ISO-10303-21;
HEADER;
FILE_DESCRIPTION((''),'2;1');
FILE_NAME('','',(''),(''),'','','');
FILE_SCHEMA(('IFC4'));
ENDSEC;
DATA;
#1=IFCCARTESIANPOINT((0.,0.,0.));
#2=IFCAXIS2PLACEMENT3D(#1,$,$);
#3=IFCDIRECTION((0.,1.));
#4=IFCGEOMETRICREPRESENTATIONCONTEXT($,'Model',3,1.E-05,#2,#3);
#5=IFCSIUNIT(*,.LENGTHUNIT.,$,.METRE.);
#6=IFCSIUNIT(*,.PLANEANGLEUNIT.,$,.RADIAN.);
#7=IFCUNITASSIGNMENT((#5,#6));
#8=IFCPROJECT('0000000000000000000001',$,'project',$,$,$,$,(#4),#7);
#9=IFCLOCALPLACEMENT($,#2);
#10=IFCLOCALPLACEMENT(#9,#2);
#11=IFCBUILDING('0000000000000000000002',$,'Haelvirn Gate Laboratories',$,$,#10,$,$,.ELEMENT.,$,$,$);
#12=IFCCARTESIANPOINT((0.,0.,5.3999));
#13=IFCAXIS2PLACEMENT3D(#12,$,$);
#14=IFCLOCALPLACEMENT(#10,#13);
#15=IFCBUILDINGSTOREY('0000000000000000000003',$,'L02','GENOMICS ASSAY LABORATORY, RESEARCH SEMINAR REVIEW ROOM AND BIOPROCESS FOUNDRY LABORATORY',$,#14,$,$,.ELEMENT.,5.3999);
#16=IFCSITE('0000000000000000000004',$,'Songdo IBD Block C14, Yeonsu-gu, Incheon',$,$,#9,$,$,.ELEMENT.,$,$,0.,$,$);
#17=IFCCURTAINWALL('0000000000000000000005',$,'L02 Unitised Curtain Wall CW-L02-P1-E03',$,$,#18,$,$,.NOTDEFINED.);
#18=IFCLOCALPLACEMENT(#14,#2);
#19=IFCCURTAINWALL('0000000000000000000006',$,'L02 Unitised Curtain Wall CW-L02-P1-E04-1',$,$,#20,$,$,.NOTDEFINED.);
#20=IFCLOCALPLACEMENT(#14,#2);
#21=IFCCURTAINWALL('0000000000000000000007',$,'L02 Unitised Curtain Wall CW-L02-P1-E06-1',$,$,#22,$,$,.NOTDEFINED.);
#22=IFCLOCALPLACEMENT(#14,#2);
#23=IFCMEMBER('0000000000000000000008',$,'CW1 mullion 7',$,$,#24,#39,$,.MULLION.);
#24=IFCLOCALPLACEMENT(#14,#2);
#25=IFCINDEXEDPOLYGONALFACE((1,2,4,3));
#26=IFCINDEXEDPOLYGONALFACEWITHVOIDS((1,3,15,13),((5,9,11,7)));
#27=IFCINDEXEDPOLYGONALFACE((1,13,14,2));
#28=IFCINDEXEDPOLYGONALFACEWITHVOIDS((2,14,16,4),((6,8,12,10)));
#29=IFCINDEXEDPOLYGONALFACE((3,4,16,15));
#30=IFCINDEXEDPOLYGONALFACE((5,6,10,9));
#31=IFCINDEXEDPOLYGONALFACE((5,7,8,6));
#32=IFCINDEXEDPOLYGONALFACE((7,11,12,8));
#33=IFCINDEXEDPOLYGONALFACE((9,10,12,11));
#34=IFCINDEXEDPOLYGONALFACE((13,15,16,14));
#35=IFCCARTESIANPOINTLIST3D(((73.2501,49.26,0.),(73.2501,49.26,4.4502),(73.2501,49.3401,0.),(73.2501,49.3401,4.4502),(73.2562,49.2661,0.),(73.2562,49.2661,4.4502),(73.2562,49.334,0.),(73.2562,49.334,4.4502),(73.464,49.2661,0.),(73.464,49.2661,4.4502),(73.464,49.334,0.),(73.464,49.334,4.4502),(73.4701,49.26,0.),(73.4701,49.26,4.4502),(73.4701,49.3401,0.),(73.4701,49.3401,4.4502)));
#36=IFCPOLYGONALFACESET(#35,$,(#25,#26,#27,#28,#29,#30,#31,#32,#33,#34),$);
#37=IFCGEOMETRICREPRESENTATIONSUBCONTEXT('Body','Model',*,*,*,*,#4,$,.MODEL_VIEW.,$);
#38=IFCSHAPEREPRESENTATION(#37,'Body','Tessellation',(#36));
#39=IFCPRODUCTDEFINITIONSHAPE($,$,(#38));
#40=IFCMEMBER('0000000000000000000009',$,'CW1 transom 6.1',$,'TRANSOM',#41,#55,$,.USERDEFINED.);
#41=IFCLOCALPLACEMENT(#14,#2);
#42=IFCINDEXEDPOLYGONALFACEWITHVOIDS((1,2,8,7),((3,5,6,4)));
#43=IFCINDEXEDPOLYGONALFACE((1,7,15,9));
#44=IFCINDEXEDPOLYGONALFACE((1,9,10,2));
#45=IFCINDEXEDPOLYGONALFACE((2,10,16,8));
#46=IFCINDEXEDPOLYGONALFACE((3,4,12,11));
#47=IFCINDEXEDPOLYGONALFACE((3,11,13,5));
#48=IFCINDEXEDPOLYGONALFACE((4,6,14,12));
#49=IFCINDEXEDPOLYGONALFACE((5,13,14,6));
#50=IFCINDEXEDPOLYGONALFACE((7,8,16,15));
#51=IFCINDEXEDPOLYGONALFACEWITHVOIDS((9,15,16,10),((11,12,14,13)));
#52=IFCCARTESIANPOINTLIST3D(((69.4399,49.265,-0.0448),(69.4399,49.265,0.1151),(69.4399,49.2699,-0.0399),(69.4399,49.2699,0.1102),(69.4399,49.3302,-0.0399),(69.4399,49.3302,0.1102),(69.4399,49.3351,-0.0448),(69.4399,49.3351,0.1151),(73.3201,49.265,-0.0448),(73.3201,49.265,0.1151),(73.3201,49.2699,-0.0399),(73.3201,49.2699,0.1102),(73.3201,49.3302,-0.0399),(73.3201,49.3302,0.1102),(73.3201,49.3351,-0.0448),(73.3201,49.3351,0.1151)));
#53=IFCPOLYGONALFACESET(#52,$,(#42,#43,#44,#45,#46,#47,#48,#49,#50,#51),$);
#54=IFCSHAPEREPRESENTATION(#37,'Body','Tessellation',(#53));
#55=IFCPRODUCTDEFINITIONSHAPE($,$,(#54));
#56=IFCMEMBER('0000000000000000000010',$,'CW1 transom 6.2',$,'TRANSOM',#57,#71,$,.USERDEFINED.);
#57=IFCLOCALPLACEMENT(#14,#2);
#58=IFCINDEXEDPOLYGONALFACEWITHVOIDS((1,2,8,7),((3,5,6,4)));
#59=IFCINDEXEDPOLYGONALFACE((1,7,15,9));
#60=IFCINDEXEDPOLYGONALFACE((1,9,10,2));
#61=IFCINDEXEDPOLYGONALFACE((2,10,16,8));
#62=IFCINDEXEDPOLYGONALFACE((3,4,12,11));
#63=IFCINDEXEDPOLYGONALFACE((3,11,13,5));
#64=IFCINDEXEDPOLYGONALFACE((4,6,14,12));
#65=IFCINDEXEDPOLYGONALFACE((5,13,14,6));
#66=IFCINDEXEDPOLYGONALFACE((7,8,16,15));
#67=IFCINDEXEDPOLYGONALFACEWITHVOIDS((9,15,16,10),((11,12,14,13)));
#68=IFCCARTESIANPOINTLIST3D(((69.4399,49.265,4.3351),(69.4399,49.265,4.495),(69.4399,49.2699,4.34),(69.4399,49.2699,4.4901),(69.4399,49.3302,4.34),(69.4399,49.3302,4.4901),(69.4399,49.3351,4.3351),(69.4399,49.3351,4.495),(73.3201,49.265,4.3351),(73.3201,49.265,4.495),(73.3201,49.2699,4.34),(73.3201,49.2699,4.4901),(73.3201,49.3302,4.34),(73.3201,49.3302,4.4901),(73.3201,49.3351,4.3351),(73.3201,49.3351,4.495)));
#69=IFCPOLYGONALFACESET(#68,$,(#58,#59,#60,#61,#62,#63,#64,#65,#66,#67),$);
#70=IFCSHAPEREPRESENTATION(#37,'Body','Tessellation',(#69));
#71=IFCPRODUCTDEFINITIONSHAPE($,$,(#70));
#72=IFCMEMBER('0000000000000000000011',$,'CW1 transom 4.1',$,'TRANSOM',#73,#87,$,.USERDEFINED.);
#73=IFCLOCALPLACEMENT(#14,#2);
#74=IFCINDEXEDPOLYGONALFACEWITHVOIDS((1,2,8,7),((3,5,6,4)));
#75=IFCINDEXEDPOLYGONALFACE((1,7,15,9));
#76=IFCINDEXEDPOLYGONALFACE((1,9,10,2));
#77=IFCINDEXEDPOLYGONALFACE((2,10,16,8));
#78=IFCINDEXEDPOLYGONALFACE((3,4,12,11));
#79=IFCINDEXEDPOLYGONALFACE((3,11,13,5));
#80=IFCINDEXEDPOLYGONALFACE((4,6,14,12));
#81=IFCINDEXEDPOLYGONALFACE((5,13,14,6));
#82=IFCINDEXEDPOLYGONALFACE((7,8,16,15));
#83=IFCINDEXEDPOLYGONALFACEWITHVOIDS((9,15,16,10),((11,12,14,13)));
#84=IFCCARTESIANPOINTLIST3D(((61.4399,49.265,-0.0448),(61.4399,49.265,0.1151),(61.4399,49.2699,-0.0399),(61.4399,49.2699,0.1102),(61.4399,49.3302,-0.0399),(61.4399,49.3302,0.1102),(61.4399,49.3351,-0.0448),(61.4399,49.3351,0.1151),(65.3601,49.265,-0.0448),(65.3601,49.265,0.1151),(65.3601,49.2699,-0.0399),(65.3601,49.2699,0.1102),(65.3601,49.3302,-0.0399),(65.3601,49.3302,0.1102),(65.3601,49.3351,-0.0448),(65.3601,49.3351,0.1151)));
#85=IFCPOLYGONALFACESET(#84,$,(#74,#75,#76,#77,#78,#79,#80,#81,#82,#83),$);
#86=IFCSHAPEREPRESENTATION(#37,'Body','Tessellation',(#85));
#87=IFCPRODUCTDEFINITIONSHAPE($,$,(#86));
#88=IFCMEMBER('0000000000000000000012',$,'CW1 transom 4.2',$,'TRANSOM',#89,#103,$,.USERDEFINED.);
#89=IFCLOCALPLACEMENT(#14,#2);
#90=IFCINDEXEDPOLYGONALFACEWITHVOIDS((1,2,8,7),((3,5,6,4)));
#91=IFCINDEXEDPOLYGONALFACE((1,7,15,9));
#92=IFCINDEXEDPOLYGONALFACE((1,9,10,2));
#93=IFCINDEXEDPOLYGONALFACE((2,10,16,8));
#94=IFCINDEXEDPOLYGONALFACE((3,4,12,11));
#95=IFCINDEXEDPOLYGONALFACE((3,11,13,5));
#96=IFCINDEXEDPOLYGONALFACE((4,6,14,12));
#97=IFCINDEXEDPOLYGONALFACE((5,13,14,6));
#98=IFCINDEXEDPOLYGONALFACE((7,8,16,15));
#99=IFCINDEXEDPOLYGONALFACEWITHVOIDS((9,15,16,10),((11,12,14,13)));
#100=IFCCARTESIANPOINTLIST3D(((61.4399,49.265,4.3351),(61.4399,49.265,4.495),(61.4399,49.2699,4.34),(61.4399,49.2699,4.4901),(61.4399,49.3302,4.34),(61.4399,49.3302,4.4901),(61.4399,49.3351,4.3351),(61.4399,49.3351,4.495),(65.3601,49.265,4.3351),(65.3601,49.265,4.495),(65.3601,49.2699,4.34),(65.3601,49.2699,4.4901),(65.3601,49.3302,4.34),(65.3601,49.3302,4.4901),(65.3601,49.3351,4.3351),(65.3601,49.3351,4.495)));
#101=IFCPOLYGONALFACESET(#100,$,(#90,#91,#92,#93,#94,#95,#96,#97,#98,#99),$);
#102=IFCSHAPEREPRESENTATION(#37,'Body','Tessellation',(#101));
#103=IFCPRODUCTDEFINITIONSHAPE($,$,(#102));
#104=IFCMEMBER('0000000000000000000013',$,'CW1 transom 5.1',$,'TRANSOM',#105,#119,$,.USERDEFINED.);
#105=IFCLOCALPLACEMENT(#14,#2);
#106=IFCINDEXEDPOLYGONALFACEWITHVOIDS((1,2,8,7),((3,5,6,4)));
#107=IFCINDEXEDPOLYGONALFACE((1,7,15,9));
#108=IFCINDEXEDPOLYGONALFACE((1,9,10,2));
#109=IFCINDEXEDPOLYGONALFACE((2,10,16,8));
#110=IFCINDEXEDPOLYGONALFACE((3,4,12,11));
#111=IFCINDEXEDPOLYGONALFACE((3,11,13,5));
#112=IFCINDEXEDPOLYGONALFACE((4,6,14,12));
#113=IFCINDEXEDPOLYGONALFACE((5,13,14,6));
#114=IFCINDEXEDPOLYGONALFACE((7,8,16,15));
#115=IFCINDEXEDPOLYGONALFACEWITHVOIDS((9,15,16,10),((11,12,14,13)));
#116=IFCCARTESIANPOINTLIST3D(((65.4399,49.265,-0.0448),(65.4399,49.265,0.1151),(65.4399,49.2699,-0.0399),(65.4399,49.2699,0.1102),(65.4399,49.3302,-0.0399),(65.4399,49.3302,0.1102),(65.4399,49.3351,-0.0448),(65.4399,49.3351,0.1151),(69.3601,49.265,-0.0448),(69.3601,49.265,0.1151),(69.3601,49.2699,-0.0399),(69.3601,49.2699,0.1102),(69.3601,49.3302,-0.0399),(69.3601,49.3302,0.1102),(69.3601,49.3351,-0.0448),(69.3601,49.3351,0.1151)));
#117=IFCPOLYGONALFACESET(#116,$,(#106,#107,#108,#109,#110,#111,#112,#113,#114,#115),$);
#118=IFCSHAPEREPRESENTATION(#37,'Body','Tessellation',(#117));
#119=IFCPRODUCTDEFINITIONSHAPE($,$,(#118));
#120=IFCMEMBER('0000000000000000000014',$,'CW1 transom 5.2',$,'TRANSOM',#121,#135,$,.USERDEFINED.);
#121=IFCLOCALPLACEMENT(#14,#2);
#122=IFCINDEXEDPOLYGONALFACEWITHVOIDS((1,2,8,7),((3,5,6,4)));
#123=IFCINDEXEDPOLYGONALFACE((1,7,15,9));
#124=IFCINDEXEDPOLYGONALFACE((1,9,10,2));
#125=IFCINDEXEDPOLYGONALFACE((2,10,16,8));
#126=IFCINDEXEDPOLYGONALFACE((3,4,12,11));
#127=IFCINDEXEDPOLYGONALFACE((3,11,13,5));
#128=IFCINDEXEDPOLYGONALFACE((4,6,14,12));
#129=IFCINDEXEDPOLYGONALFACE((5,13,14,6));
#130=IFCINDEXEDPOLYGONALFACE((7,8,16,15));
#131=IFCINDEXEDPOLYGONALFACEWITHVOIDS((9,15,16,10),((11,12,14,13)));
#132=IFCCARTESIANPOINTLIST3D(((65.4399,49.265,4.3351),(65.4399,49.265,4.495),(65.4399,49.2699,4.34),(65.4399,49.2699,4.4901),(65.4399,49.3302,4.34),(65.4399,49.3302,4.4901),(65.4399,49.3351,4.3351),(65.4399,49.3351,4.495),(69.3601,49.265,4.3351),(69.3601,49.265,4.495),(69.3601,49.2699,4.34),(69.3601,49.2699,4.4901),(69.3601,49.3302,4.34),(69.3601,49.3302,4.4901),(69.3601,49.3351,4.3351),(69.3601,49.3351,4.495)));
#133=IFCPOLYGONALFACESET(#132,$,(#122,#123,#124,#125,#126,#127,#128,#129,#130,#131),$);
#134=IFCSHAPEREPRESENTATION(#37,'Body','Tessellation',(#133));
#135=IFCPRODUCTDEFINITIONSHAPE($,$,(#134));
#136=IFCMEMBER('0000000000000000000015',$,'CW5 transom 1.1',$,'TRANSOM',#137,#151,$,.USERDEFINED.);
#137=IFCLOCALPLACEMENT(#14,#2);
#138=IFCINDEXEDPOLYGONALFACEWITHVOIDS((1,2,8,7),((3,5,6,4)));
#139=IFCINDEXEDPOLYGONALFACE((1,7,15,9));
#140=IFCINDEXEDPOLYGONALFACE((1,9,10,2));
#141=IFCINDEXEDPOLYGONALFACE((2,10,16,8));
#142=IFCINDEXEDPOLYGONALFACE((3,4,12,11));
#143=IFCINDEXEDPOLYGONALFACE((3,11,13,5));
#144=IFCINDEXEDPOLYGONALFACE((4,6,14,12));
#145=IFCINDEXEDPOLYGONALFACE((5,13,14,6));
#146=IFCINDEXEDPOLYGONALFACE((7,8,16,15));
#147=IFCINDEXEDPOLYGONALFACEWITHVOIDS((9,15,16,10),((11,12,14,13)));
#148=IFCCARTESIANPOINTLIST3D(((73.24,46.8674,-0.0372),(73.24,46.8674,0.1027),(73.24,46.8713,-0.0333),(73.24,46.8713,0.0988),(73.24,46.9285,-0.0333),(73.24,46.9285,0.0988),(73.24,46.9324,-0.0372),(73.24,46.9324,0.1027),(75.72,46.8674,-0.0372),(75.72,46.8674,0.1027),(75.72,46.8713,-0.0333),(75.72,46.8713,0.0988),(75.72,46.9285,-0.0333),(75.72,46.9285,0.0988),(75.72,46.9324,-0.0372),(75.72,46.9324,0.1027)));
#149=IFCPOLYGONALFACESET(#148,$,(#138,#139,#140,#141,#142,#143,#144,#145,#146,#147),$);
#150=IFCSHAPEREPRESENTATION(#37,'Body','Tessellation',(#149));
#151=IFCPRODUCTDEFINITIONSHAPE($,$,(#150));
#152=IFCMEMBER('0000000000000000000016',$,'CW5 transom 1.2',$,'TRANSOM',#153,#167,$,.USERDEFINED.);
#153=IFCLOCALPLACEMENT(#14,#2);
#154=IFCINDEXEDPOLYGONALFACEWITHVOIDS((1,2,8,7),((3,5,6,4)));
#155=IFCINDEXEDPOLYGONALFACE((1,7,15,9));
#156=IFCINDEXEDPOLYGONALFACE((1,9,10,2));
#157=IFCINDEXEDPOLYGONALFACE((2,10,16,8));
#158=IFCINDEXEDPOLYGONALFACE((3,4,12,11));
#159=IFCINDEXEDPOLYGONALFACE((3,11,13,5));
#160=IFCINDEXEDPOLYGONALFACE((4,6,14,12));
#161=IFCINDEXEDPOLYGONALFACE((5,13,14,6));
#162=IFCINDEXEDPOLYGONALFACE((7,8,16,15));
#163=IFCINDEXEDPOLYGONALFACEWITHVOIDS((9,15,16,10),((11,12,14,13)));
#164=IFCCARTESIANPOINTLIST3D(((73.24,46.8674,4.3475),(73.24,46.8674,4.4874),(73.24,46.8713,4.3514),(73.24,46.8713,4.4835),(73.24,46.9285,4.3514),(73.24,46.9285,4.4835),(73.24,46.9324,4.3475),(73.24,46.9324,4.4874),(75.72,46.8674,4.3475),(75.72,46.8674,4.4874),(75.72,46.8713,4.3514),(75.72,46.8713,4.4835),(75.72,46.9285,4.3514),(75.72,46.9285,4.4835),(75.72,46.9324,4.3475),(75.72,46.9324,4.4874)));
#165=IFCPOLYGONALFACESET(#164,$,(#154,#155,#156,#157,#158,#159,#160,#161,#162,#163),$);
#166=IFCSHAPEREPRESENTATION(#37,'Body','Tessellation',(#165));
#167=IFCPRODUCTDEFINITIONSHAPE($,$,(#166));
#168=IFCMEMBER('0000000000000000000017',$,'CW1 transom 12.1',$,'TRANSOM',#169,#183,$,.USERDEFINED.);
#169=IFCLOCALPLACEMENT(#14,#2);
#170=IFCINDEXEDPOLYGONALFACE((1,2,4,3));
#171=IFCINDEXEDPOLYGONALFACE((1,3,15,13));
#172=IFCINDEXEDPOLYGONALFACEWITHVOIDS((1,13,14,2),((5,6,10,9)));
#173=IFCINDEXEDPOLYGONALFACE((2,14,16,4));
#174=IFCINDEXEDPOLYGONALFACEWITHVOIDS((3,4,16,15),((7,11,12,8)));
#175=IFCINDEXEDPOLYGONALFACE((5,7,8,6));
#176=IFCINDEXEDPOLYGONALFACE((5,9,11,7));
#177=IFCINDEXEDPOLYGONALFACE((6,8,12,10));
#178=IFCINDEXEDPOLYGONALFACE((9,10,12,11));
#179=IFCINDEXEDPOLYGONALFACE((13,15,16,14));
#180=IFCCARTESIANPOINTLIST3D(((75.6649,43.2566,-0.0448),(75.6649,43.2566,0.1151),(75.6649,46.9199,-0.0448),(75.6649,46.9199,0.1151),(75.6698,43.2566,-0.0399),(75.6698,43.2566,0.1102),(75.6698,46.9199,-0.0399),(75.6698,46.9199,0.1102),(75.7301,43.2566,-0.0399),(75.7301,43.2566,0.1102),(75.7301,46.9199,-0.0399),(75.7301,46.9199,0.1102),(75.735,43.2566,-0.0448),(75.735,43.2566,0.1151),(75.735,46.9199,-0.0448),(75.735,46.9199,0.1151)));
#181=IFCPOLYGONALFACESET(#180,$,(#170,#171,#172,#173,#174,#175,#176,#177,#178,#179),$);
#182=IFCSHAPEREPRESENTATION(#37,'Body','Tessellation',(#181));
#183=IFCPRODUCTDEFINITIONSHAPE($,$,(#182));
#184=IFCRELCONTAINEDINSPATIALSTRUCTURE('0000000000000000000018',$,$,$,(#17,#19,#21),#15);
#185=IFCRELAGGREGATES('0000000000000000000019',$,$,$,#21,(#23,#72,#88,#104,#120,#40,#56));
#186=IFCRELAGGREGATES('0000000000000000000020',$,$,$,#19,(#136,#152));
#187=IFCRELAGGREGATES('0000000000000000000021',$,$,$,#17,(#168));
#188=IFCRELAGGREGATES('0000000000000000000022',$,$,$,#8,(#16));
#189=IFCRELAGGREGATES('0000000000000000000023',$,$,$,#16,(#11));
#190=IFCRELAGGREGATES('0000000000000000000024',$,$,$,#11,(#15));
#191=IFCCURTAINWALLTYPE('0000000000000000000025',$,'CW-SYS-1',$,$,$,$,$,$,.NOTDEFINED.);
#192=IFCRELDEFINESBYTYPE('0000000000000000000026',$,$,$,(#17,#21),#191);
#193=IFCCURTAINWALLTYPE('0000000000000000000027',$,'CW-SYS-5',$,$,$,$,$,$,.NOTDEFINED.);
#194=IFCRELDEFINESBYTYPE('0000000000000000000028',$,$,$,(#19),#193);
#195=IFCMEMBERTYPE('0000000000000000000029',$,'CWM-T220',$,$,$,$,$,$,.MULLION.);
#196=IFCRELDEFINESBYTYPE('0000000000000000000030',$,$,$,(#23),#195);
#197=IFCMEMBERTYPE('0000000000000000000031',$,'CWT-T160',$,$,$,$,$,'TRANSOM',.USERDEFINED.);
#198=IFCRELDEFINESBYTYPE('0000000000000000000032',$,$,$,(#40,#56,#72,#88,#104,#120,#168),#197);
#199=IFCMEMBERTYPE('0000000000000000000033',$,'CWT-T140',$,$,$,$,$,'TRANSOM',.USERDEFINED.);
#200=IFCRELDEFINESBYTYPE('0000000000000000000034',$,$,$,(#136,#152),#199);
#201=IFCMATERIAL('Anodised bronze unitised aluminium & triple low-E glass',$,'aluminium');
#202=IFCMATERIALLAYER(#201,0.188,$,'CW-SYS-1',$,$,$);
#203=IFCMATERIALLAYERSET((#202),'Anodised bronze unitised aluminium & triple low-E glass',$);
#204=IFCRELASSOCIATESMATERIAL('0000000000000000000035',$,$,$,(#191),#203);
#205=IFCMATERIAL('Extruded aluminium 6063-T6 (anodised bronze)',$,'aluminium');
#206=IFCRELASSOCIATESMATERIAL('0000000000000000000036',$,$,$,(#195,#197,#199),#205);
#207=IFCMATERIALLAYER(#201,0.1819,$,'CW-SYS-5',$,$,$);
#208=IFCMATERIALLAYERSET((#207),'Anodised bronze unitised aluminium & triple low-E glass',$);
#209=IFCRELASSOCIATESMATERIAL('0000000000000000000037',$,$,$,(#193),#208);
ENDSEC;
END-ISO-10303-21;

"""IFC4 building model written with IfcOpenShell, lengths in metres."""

from ifc_helpers import new_model, si_unit, direction, frame, origin, origin_2d, place, context, subcontext, project, spatial, hollow_rectangle, extrude, source, transform, mapped, material, layer, layer_set, material_profile, profile_set, type_object, type_shapes, element, aggregate, save


model = new_model("IFC4")

# Units and contexts
model_context = context("Model", 3, precision=1e-05, world=origin(), true_north=direction((0.0, 1.0)))
body_context = subcontext(model_context, "Body", "Model", "MODEL_VIEW")
ifc_project = project(units=[si_unit("LENGTHUNIT", "METRE"), si_unit("PLANEANGLEUNIT", "RADIAN")], contexts=[model_context])

# Site, building, storey
site_placement = place(None, origin())
site = spatial("IfcSite", under=ifc_project, at=site_placement, Name="Songdo IBD Block C14, Yeonsu-gu, Incheon", CompositionType="ELEMENT", RefElevation=0.0)
building_placement = place(site_placement, origin())
building = spatial("IfcBuilding", under=site, at=building_placement, Name="Haelvirn Gate Laboratories", CompositionType="ELEMENT")
storey_placement = place(building_placement, frame((0.0, 0.0, 5.3999)))
storey = spatial("IfcBuildingStorey", under=building, at=storey_placement, Name="L02", Description="GENOMICS ASSAY LABORATORY, RESEARCH SEMINAR REVIEW ROOM AND BIOPROCESS FOUNDRY LABORATORY", CompositionType="ELEMENT", Elevation=5.3999)

# Curtain walls, members
ifc_material_1 = material(Name="Anodised bronze unitised aluminium & triple low-E glass", Category="aluminium")
ifc_layer_1 = layer(ifc_material_1, 0.188, Name="CW-SYS-1")
ifc_layer_set_1 = layer_set([ifc_layer_1], Name="Anodised bronze unitised aluminium & triple low-E glass")
curtain_wall_type_1 = type_object("IfcCurtainWallType", Name="CW-SYS-1", PredefinedType="NOTDEFINED", material=ifc_layer_set_1)
curtain_wall_1_placement = place(storey_placement, origin())
curtain_wall_1 = element("IfcCurtainWall", 1, at=curtain_wall_1_placement, inside=storey, type_object=curtain_wall_type_1, Name="L02 Unitised Curtain Wall CW-L02-P1-E03", PredefinedType="NOTDEFINED")
ifc_material_2 = material(Name="Extruded aluminium 6063-T6 (anodised bronze)", Category="aluminium")
ifc_material_profile_1 = material_profile(ifc_material_2, hollow_rectangle(XDim=0.0801, YDim=0.22, WallThickness=0.0061, at=origin_2d()), Name="CWM-220x80x6")
ifc_profile_set_1 = profile_set([ifc_material_profile_1], Name="Extruded aluminium 6063-T6 (anodised bronze)")
member_type_1 = type_object("IfcMemberType", Name="CWM-T220", PredefinedType="MULLION", material=ifc_profile_set_1)
shared_shape_1 = source(origin(), body_context, "Body", "SweptSolid", [
    extrude(hollow_rectangle(XDim=0.0801, YDim=0.22, WallThickness=0.0061, at=origin_2d()), origin(), (0.0, 0.0, 1.0), 4.4502),
])
type_shapes(member_type_1, [shared_shape_1])
ifc_layer_2 = layer(ifc_material_1, 0.1819, Name="CW-SYS-5")
ifc_layer_set_2 = layer_set([ifc_layer_2], Name="Anodised bronze unitised aluminium & triple low-E glass")
curtain_wall_type_2 = type_object("IfcCurtainWallType", Name="CW-SYS-5", PredefinedType="NOTDEFINED", material=ifc_layer_set_2)
curtain_wall_2_placement = place(storey_placement, origin())
curtain_wall_2 = element("IfcCurtainWall", 2, at=curtain_wall_2_placement, inside=storey, type_object=curtain_wall_type_2, Name="L02 Unitised Curtain Wall CW-L02-P1-E04-1", PredefinedType="NOTDEFINED")
curtain_wall_3_placement = place(storey_placement, origin())
curtain_wall_3 = element("IfcCurtainWall", 3, at=curtain_wall_3_placement, inside=storey, type_object=curtain_wall_type_1, Name="L02 Unitised Curtain Wall CW-L02-P1-E06-1", PredefinedType="NOTDEFINED")
member_1_placement = place(storey_placement, frame((73.3601, 49.3, 0.0), z_axis=(0.0, 0.0, 1.0), x_axis=(0.0, 1.0, 0.0)))
member_1 = element("IfcMember", 4, at=member_1_placement, type_object=member_type_1, Name="CW1 mullion 7", PredefinedType="MULLION", context=body_context, shape_type="MappedRepresentation", body=[
    mapped(shared_shape_1, transform((0.0, 0.0, 0.0), scale=1.0)),
])
ifc_material_profile_2 = material_profile(ifc_material_2, hollow_rectangle(XDim=0.0701, YDim=0.1599, WallThickness=0.0049, at=origin_2d()), Name="CWT-160x70x5")
ifc_profile_set_2 = profile_set([ifc_material_profile_2], Name="Extruded aluminium 6063-T6 (anodised bronze)")
member_type_2 = type_object("IfcMemberType", Name="CWT-T160", ElementType="TRANSOM", PredefinedType="USERDEFINED", material=ifc_profile_set_2)
shared_shape_2 = source(origin(), body_context, "Body", "SweptSolid", [
    extrude(hollow_rectangle(XDim=0.0701, YDim=0.1599, WallThickness=0.0049, at=origin_2d()), origin(), (0.0, 0.0, 1.0), 3.8801),
])
member_2_placement = place(storey_placement, frame((69.4399, 49.3, 0.0352), z_axis=(1.0, 0.0, 0.0), x_axis=(0.0, 1.0, 0.0)))
member_2 = element("IfcMember", 5, at=member_2_placement, type_object=member_type_2, Name="CW1 transom 6.1", ObjectType="TRANSOM", PredefinedType="USERDEFINED", context=body_context, shape_type="MappedRepresentation", body=[
    mapped(shared_shape_2, transform((0.0, 0.0, 0.0), scale=1.0)),
])
member_3_placement = place(storey_placement, frame((69.4399, 49.3, 4.415), z_axis=(1.0, 0.0, 0.0), x_axis=(0.0, 1.0, 0.0)))
member_3 = element("IfcMember", 6, at=member_3_placement, type_object=member_type_2, Name="CW1 transom 6.2", ObjectType="TRANSOM", PredefinedType="USERDEFINED", context=body_context, shape_type="MappedRepresentation", body=[
    mapped(shared_shape_2, transform((0.0, 0.0, 0.0), scale=1.0)),
])
shared_shape_3 = source(origin(), body_context, "Body", "SweptSolid", [
    extrude(hollow_rectangle(XDim=0.0701, YDim=0.1599, WallThickness=0.0049, at=origin_2d()), origin(), (0.0, 0.0, 1.0), 3.9202),
])
member_4_placement = place(storey_placement, frame((61.4399, 49.3, 0.0352), z_axis=(1.0, 0.0, 0.0), x_axis=(0.0, 1.0, 0.0)))
member_4 = element("IfcMember", 7, at=member_4_placement, type_object=member_type_2, Name="CW1 transom 4.1", ObjectType="TRANSOM", PredefinedType="USERDEFINED", context=body_context, shape_type="MappedRepresentation", body=[
    mapped(shared_shape_3, transform((0.0, 0.0, 0.0), scale=1.0)),
])
member_5_placement = place(storey_placement, frame((61.4399, 49.3, 4.415), z_axis=(1.0, 0.0, 0.0), x_axis=(0.0, 1.0, 0.0)))
member_5 = element("IfcMember", 8, at=member_5_placement, type_object=member_type_2, Name="CW1 transom 4.2", ObjectType="TRANSOM", PredefinedType="USERDEFINED", context=body_context, shape_type="MappedRepresentation", body=[
    mapped(shared_shape_3, transform((0.0, 0.0, 0.0), scale=1.0)),
])
member_6_placement = place(storey_placement, frame((65.4399, 49.3, 0.0352), z_axis=(1.0, 0.0, 0.0), x_axis=(0.0, 1.0, 0.0)))
member_6 = element("IfcMember", 9, at=member_6_placement, type_object=member_type_2, Name="CW1 transom 5.1", ObjectType="TRANSOM", PredefinedType="USERDEFINED", context=body_context, shape_type="MappedRepresentation", body=[
    mapped(shared_shape_3, transform((0.0, 0.0, 0.0), scale=1.0)),
])
member_7_placement = place(storey_placement, frame((65.4399, 49.3, 4.415), z_axis=(1.0, 0.0, 0.0), x_axis=(0.0, 1.0, 0.0)))
member_7 = element("IfcMember", 10, at=member_7_placement, type_object=member_type_2, Name="CW1 transom 5.2", ObjectType="TRANSOM", PredefinedType="USERDEFINED", context=body_context, shape_type="MappedRepresentation", body=[
    mapped(shared_shape_3, transform((0.0, 0.0, 0.0), scale=1.0)),
])

# Members
ifc_material_profile_3 = material_profile(ifc_material_2, hollow_rectangle(XDim=0.0649, YDim=0.1399, WallThickness=0.0039, at=origin_2d()), Name="CWT-140x65x4")
ifc_profile_set_3 = profile_set([ifc_material_profile_3], Name="Extruded aluminium 6063-T6 (anodised bronze)")
member_type_3 = type_object("IfcMemberType", Name="CWT-T140", ElementType="TRANSOM", PredefinedType="USERDEFINED", material=ifc_profile_set_3)
shared_shape_4 = source(origin(), body_context, "Body", "SweptSolid", [
    extrude(hollow_rectangle(XDim=0.0649, YDim=0.1399, WallThickness=0.0039, at=origin_2d()), origin(), (0.0, 0.0, 1.0), 2.48),
])
type_shapes(member_type_3, [shared_shape_4])
member_8_placement = place(storey_placement, frame((73.24, 46.8999, 0.0327), z_axis=(1.0, 0.0, 0.0), x_axis=(0.0, 1.0, 0.0)))
member_8 = element("IfcMember", 11, at=member_8_placement, type_object=member_type_3, Name="CW5 transom 1.1", ObjectType="TRANSOM", PredefinedType="USERDEFINED", context=body_context, shape_type="MappedRepresentation", body=[
    mapped(shared_shape_4, transform((0.0, 0.0, 0.0), scale=1.0)),
])
member_9_placement = place(storey_placement, frame((73.24, 46.8999, 4.4175), z_axis=(1.0, 0.0, 0.0), x_axis=(0.0, 1.0, 0.0)))
member_9 = element("IfcMember", 12, at=member_9_placement, type_object=member_type_3, Name="CW5 transom 1.2", ObjectType="TRANSOM", PredefinedType="USERDEFINED", context=body_context, shape_type="MappedRepresentation", body=[
    mapped(shared_shape_4, transform((0.0, 0.0, 0.0), scale=1.0)),
])
shared_shape_5 = source(origin(), body_context, "Body", "SweptSolid", [
    extrude(hollow_rectangle(XDim=0.0701, YDim=0.1599, WallThickness=0.0049, at=origin_2d()), origin(), (0.0, 0.0, 1.0), 3.6633),
])
member_10_placement = place(storey_placement, frame((75.7, 43.2566, 0.0352), z_axis=(0.0, 1.0, 0.0), x_axis=(-1.0, 0.0, 0.0)))
member_10 = element("IfcMember", 13, at=member_10_placement, type_object=member_type_2, Name="CW1 transom 12.1", ObjectType="TRANSOM", PredefinedType="USERDEFINED", context=body_context, shape_type="MappedRepresentation", body=[
    mapped(shared_shape_5, transform((0.0, 0.0, 0.0), scale=1.0)),
])

aggregate(curtain_wall_3, [member_1, member_4, member_5, member_6, member_7, member_2, member_3])
aggregate(curtain_wall_2, [member_8, member_9])
aggregate(curtain_wall_1, [member_10])

save(model, "model.ifc")
